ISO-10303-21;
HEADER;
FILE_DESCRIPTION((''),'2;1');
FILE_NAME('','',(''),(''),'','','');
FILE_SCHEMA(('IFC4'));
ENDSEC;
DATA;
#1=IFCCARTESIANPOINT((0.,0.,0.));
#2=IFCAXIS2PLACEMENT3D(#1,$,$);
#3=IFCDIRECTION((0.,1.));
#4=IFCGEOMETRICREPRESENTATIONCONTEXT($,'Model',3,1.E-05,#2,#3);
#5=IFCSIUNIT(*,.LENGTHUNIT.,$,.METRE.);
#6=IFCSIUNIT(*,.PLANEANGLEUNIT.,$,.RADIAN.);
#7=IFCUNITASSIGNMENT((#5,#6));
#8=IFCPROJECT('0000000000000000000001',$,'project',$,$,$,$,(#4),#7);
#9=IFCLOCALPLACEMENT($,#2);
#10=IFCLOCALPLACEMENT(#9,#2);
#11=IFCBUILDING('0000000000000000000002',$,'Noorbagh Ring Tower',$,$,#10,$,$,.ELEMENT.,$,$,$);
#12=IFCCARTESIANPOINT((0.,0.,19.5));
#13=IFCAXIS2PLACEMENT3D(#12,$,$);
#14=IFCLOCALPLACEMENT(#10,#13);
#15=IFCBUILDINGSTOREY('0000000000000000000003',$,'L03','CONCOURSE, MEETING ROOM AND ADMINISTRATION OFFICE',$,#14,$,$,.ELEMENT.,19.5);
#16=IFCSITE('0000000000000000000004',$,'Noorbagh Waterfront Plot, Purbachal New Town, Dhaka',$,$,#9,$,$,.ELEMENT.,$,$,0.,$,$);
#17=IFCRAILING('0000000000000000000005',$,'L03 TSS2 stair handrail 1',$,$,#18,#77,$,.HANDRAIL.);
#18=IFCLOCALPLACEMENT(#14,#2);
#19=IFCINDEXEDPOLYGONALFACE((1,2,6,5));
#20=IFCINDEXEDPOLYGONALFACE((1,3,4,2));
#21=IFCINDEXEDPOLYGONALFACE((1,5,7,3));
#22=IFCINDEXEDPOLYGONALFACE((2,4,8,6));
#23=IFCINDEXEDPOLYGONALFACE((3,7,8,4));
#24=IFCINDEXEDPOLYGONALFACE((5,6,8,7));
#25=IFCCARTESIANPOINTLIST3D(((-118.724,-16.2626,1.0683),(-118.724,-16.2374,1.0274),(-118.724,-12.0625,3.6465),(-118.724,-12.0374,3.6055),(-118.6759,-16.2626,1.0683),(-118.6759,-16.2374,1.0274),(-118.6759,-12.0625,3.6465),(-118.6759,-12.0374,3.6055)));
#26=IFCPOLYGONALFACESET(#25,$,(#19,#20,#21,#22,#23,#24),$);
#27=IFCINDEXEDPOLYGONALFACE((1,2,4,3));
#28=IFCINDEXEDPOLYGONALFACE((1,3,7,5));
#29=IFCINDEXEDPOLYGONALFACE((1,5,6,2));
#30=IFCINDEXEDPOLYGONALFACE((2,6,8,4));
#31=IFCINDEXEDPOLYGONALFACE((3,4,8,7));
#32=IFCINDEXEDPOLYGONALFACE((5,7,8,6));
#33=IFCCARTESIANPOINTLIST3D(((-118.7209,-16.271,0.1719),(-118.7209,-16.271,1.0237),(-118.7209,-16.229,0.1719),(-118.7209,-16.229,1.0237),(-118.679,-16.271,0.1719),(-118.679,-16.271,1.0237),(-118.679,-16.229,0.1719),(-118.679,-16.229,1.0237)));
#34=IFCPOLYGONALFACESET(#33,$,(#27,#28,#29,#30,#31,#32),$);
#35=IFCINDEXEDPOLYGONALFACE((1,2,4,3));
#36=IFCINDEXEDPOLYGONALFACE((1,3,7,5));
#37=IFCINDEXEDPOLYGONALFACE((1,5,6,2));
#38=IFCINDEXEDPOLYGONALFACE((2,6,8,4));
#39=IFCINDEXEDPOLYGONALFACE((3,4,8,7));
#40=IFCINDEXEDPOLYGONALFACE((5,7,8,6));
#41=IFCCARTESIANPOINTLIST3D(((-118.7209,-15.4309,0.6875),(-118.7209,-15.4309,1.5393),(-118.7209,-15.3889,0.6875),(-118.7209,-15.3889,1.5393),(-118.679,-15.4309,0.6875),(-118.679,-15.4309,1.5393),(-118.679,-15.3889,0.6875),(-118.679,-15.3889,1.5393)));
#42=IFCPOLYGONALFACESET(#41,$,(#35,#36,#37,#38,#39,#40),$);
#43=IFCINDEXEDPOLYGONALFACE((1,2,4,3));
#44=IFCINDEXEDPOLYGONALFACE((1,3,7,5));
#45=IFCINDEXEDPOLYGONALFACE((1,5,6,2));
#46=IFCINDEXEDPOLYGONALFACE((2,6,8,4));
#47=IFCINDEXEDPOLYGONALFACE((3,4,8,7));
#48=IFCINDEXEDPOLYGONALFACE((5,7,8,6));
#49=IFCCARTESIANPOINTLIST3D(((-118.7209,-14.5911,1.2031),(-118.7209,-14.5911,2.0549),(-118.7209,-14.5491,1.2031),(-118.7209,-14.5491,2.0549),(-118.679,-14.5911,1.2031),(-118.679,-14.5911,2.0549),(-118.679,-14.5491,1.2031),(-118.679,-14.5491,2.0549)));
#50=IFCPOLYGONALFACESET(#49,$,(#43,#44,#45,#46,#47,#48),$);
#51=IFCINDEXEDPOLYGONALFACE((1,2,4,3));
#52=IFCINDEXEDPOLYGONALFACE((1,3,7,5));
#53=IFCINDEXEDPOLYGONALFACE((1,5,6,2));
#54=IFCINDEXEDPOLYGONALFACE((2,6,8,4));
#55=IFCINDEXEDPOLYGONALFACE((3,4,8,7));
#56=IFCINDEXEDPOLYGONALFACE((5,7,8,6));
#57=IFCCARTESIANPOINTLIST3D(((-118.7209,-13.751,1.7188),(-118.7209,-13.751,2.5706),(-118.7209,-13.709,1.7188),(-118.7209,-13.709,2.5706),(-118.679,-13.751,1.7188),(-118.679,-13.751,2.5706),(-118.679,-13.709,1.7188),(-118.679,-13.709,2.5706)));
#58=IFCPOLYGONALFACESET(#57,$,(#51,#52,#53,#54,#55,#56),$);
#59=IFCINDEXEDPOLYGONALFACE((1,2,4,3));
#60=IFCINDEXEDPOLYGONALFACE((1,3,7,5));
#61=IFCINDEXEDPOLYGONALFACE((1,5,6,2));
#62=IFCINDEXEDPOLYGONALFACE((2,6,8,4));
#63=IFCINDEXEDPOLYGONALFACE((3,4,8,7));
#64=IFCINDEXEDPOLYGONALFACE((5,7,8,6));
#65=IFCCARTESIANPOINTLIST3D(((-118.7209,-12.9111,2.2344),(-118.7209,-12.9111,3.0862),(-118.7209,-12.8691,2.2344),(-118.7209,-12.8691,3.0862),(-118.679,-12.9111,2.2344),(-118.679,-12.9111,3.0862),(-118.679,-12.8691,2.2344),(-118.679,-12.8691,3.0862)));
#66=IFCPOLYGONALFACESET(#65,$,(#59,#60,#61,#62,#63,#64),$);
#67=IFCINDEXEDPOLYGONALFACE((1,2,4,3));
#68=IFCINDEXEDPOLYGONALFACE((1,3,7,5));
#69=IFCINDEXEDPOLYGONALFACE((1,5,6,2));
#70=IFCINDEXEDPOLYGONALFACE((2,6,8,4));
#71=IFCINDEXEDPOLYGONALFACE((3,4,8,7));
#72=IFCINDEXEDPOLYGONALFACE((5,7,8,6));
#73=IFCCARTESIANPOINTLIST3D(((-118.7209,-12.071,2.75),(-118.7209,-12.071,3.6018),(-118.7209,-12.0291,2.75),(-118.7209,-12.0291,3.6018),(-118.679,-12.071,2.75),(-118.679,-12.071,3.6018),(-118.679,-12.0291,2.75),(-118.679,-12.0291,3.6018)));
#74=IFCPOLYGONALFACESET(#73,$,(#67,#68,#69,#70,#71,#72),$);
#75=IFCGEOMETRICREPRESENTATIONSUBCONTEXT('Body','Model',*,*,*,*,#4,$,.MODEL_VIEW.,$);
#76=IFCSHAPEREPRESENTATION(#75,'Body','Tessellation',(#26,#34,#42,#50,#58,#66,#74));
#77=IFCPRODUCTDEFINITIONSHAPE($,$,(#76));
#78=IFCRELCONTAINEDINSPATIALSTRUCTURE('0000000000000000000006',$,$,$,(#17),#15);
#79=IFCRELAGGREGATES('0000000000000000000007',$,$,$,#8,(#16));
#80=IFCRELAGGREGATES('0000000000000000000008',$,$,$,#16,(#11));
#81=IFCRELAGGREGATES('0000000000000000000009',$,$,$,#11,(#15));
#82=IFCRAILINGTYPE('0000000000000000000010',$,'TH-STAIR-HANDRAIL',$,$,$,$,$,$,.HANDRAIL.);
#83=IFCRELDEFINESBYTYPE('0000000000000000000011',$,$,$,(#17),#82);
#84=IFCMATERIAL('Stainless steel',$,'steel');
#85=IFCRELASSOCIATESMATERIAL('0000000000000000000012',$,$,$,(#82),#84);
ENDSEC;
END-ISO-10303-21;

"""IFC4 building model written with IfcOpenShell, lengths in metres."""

from ifc_helpers import new_model, si_unit, direction, frame, origin, origin_2d, place, context, subcontext, project, spatial, rectangle, extrude, material, type_object, element, save


model = new_model("IFC4")

# Units and contexts
model_context = context("Model", 3, precision=1e-05, world=origin(), true_north=direction((0.0, 1.0)))
body_context = subcontext(model_context, "Body", "Model", "MODEL_VIEW")
ifc_project = project(units=[si_unit("LENGTHUNIT", "METRE"), si_unit("PLANEANGLEUNIT", "RADIAN")], contexts=[model_context])

# Site, building, storey
site_placement = place(None, origin())
site = spatial("IfcSite", under=ifc_project, at=site_placement, Name="Noorbagh Waterfront Plot, Purbachal New Town, Dhaka", CompositionType="ELEMENT", RefElevation=0.0)
building_placement = place(site_placement, origin())
building = spatial("IfcBuilding", under=site, at=building_placement, Name="Noorbagh Ring Tower", CompositionType="ELEMENT")
storey_placement = place(building_placement, frame((0.0, 0.0, 19.5)))
storey = spatial("IfcBuildingStorey", under=building, at=storey_placement, Name="L03", Description="CONCOURSE, MEETING ROOM AND ADMINISTRATION OFFICE", CompositionType="ELEMENT", Elevation=19.5)

# Railing
ifc_material_1 = material(Name="Stainless steel", Category="steel")
railing_type = type_object("IfcRailingType", Name="TH-STAIR-HANDRAIL", PredefinedType="HANDRAIL", material=ifc_material_1)
railing_placement = place(storey_placement, frame((-118.7, -16.25, 0.1719)))
element("IfcRailing", 1, at=railing_placement, inside=storey, type_object=railing_type, Name="L03 TSS2 stair handrail 1", PredefinedType="HANDRAIL", context=body_context, shape_type="SweptSolid", body=[
    extrude(rectangle(XDim=0.0481, YDim=0.0481, at=origin_2d()), frame((0.0, 0.0, 0.876), z_axis=(0.0, 0.852243, 0.523146), x_axis=(-1.0, 0.0, 0.0)), (0.0, 0.0, 1.0), 4.9282),
    extrude(rectangle(XDim=0.042, YDim=0.042, at=origin_2d()), origin(), (0.0, 0.0, 1.0), 0.8518),
    extrude(rectangle(XDim=0.042, YDim=0.042, at=origin_2d()), frame((0.0, 0.8401, 0.5156)), (0.0, 0.0, 1.0), 0.8518),
    extrude(rectangle(XDim=0.042, YDim=0.042, at=origin_2d()), frame((0.0, 1.6799, 1.0312)), (0.0, 0.0, 1.0), 0.8518),
    extrude(rectangle(XDim=0.042, YDim=0.042, at=origin_2d()), frame((0.0, 2.52, 1.5469)), (0.0, 0.0, 1.0), 0.8518),
    extrude(rectangle(XDim=0.042, YDim=0.042, at=origin_2d()), frame((0.0, 3.3599, 2.0625)), (0.0, 0.0, 1.0), 0.8518),
    extrude(rectangle(XDim=0.042, YDim=0.042, at=origin_2d()), frame((0.0, 4.2, 2.5781)), (0.0, 0.0, 1.0), 0.8518),
])

save(model, "model.ifc")
